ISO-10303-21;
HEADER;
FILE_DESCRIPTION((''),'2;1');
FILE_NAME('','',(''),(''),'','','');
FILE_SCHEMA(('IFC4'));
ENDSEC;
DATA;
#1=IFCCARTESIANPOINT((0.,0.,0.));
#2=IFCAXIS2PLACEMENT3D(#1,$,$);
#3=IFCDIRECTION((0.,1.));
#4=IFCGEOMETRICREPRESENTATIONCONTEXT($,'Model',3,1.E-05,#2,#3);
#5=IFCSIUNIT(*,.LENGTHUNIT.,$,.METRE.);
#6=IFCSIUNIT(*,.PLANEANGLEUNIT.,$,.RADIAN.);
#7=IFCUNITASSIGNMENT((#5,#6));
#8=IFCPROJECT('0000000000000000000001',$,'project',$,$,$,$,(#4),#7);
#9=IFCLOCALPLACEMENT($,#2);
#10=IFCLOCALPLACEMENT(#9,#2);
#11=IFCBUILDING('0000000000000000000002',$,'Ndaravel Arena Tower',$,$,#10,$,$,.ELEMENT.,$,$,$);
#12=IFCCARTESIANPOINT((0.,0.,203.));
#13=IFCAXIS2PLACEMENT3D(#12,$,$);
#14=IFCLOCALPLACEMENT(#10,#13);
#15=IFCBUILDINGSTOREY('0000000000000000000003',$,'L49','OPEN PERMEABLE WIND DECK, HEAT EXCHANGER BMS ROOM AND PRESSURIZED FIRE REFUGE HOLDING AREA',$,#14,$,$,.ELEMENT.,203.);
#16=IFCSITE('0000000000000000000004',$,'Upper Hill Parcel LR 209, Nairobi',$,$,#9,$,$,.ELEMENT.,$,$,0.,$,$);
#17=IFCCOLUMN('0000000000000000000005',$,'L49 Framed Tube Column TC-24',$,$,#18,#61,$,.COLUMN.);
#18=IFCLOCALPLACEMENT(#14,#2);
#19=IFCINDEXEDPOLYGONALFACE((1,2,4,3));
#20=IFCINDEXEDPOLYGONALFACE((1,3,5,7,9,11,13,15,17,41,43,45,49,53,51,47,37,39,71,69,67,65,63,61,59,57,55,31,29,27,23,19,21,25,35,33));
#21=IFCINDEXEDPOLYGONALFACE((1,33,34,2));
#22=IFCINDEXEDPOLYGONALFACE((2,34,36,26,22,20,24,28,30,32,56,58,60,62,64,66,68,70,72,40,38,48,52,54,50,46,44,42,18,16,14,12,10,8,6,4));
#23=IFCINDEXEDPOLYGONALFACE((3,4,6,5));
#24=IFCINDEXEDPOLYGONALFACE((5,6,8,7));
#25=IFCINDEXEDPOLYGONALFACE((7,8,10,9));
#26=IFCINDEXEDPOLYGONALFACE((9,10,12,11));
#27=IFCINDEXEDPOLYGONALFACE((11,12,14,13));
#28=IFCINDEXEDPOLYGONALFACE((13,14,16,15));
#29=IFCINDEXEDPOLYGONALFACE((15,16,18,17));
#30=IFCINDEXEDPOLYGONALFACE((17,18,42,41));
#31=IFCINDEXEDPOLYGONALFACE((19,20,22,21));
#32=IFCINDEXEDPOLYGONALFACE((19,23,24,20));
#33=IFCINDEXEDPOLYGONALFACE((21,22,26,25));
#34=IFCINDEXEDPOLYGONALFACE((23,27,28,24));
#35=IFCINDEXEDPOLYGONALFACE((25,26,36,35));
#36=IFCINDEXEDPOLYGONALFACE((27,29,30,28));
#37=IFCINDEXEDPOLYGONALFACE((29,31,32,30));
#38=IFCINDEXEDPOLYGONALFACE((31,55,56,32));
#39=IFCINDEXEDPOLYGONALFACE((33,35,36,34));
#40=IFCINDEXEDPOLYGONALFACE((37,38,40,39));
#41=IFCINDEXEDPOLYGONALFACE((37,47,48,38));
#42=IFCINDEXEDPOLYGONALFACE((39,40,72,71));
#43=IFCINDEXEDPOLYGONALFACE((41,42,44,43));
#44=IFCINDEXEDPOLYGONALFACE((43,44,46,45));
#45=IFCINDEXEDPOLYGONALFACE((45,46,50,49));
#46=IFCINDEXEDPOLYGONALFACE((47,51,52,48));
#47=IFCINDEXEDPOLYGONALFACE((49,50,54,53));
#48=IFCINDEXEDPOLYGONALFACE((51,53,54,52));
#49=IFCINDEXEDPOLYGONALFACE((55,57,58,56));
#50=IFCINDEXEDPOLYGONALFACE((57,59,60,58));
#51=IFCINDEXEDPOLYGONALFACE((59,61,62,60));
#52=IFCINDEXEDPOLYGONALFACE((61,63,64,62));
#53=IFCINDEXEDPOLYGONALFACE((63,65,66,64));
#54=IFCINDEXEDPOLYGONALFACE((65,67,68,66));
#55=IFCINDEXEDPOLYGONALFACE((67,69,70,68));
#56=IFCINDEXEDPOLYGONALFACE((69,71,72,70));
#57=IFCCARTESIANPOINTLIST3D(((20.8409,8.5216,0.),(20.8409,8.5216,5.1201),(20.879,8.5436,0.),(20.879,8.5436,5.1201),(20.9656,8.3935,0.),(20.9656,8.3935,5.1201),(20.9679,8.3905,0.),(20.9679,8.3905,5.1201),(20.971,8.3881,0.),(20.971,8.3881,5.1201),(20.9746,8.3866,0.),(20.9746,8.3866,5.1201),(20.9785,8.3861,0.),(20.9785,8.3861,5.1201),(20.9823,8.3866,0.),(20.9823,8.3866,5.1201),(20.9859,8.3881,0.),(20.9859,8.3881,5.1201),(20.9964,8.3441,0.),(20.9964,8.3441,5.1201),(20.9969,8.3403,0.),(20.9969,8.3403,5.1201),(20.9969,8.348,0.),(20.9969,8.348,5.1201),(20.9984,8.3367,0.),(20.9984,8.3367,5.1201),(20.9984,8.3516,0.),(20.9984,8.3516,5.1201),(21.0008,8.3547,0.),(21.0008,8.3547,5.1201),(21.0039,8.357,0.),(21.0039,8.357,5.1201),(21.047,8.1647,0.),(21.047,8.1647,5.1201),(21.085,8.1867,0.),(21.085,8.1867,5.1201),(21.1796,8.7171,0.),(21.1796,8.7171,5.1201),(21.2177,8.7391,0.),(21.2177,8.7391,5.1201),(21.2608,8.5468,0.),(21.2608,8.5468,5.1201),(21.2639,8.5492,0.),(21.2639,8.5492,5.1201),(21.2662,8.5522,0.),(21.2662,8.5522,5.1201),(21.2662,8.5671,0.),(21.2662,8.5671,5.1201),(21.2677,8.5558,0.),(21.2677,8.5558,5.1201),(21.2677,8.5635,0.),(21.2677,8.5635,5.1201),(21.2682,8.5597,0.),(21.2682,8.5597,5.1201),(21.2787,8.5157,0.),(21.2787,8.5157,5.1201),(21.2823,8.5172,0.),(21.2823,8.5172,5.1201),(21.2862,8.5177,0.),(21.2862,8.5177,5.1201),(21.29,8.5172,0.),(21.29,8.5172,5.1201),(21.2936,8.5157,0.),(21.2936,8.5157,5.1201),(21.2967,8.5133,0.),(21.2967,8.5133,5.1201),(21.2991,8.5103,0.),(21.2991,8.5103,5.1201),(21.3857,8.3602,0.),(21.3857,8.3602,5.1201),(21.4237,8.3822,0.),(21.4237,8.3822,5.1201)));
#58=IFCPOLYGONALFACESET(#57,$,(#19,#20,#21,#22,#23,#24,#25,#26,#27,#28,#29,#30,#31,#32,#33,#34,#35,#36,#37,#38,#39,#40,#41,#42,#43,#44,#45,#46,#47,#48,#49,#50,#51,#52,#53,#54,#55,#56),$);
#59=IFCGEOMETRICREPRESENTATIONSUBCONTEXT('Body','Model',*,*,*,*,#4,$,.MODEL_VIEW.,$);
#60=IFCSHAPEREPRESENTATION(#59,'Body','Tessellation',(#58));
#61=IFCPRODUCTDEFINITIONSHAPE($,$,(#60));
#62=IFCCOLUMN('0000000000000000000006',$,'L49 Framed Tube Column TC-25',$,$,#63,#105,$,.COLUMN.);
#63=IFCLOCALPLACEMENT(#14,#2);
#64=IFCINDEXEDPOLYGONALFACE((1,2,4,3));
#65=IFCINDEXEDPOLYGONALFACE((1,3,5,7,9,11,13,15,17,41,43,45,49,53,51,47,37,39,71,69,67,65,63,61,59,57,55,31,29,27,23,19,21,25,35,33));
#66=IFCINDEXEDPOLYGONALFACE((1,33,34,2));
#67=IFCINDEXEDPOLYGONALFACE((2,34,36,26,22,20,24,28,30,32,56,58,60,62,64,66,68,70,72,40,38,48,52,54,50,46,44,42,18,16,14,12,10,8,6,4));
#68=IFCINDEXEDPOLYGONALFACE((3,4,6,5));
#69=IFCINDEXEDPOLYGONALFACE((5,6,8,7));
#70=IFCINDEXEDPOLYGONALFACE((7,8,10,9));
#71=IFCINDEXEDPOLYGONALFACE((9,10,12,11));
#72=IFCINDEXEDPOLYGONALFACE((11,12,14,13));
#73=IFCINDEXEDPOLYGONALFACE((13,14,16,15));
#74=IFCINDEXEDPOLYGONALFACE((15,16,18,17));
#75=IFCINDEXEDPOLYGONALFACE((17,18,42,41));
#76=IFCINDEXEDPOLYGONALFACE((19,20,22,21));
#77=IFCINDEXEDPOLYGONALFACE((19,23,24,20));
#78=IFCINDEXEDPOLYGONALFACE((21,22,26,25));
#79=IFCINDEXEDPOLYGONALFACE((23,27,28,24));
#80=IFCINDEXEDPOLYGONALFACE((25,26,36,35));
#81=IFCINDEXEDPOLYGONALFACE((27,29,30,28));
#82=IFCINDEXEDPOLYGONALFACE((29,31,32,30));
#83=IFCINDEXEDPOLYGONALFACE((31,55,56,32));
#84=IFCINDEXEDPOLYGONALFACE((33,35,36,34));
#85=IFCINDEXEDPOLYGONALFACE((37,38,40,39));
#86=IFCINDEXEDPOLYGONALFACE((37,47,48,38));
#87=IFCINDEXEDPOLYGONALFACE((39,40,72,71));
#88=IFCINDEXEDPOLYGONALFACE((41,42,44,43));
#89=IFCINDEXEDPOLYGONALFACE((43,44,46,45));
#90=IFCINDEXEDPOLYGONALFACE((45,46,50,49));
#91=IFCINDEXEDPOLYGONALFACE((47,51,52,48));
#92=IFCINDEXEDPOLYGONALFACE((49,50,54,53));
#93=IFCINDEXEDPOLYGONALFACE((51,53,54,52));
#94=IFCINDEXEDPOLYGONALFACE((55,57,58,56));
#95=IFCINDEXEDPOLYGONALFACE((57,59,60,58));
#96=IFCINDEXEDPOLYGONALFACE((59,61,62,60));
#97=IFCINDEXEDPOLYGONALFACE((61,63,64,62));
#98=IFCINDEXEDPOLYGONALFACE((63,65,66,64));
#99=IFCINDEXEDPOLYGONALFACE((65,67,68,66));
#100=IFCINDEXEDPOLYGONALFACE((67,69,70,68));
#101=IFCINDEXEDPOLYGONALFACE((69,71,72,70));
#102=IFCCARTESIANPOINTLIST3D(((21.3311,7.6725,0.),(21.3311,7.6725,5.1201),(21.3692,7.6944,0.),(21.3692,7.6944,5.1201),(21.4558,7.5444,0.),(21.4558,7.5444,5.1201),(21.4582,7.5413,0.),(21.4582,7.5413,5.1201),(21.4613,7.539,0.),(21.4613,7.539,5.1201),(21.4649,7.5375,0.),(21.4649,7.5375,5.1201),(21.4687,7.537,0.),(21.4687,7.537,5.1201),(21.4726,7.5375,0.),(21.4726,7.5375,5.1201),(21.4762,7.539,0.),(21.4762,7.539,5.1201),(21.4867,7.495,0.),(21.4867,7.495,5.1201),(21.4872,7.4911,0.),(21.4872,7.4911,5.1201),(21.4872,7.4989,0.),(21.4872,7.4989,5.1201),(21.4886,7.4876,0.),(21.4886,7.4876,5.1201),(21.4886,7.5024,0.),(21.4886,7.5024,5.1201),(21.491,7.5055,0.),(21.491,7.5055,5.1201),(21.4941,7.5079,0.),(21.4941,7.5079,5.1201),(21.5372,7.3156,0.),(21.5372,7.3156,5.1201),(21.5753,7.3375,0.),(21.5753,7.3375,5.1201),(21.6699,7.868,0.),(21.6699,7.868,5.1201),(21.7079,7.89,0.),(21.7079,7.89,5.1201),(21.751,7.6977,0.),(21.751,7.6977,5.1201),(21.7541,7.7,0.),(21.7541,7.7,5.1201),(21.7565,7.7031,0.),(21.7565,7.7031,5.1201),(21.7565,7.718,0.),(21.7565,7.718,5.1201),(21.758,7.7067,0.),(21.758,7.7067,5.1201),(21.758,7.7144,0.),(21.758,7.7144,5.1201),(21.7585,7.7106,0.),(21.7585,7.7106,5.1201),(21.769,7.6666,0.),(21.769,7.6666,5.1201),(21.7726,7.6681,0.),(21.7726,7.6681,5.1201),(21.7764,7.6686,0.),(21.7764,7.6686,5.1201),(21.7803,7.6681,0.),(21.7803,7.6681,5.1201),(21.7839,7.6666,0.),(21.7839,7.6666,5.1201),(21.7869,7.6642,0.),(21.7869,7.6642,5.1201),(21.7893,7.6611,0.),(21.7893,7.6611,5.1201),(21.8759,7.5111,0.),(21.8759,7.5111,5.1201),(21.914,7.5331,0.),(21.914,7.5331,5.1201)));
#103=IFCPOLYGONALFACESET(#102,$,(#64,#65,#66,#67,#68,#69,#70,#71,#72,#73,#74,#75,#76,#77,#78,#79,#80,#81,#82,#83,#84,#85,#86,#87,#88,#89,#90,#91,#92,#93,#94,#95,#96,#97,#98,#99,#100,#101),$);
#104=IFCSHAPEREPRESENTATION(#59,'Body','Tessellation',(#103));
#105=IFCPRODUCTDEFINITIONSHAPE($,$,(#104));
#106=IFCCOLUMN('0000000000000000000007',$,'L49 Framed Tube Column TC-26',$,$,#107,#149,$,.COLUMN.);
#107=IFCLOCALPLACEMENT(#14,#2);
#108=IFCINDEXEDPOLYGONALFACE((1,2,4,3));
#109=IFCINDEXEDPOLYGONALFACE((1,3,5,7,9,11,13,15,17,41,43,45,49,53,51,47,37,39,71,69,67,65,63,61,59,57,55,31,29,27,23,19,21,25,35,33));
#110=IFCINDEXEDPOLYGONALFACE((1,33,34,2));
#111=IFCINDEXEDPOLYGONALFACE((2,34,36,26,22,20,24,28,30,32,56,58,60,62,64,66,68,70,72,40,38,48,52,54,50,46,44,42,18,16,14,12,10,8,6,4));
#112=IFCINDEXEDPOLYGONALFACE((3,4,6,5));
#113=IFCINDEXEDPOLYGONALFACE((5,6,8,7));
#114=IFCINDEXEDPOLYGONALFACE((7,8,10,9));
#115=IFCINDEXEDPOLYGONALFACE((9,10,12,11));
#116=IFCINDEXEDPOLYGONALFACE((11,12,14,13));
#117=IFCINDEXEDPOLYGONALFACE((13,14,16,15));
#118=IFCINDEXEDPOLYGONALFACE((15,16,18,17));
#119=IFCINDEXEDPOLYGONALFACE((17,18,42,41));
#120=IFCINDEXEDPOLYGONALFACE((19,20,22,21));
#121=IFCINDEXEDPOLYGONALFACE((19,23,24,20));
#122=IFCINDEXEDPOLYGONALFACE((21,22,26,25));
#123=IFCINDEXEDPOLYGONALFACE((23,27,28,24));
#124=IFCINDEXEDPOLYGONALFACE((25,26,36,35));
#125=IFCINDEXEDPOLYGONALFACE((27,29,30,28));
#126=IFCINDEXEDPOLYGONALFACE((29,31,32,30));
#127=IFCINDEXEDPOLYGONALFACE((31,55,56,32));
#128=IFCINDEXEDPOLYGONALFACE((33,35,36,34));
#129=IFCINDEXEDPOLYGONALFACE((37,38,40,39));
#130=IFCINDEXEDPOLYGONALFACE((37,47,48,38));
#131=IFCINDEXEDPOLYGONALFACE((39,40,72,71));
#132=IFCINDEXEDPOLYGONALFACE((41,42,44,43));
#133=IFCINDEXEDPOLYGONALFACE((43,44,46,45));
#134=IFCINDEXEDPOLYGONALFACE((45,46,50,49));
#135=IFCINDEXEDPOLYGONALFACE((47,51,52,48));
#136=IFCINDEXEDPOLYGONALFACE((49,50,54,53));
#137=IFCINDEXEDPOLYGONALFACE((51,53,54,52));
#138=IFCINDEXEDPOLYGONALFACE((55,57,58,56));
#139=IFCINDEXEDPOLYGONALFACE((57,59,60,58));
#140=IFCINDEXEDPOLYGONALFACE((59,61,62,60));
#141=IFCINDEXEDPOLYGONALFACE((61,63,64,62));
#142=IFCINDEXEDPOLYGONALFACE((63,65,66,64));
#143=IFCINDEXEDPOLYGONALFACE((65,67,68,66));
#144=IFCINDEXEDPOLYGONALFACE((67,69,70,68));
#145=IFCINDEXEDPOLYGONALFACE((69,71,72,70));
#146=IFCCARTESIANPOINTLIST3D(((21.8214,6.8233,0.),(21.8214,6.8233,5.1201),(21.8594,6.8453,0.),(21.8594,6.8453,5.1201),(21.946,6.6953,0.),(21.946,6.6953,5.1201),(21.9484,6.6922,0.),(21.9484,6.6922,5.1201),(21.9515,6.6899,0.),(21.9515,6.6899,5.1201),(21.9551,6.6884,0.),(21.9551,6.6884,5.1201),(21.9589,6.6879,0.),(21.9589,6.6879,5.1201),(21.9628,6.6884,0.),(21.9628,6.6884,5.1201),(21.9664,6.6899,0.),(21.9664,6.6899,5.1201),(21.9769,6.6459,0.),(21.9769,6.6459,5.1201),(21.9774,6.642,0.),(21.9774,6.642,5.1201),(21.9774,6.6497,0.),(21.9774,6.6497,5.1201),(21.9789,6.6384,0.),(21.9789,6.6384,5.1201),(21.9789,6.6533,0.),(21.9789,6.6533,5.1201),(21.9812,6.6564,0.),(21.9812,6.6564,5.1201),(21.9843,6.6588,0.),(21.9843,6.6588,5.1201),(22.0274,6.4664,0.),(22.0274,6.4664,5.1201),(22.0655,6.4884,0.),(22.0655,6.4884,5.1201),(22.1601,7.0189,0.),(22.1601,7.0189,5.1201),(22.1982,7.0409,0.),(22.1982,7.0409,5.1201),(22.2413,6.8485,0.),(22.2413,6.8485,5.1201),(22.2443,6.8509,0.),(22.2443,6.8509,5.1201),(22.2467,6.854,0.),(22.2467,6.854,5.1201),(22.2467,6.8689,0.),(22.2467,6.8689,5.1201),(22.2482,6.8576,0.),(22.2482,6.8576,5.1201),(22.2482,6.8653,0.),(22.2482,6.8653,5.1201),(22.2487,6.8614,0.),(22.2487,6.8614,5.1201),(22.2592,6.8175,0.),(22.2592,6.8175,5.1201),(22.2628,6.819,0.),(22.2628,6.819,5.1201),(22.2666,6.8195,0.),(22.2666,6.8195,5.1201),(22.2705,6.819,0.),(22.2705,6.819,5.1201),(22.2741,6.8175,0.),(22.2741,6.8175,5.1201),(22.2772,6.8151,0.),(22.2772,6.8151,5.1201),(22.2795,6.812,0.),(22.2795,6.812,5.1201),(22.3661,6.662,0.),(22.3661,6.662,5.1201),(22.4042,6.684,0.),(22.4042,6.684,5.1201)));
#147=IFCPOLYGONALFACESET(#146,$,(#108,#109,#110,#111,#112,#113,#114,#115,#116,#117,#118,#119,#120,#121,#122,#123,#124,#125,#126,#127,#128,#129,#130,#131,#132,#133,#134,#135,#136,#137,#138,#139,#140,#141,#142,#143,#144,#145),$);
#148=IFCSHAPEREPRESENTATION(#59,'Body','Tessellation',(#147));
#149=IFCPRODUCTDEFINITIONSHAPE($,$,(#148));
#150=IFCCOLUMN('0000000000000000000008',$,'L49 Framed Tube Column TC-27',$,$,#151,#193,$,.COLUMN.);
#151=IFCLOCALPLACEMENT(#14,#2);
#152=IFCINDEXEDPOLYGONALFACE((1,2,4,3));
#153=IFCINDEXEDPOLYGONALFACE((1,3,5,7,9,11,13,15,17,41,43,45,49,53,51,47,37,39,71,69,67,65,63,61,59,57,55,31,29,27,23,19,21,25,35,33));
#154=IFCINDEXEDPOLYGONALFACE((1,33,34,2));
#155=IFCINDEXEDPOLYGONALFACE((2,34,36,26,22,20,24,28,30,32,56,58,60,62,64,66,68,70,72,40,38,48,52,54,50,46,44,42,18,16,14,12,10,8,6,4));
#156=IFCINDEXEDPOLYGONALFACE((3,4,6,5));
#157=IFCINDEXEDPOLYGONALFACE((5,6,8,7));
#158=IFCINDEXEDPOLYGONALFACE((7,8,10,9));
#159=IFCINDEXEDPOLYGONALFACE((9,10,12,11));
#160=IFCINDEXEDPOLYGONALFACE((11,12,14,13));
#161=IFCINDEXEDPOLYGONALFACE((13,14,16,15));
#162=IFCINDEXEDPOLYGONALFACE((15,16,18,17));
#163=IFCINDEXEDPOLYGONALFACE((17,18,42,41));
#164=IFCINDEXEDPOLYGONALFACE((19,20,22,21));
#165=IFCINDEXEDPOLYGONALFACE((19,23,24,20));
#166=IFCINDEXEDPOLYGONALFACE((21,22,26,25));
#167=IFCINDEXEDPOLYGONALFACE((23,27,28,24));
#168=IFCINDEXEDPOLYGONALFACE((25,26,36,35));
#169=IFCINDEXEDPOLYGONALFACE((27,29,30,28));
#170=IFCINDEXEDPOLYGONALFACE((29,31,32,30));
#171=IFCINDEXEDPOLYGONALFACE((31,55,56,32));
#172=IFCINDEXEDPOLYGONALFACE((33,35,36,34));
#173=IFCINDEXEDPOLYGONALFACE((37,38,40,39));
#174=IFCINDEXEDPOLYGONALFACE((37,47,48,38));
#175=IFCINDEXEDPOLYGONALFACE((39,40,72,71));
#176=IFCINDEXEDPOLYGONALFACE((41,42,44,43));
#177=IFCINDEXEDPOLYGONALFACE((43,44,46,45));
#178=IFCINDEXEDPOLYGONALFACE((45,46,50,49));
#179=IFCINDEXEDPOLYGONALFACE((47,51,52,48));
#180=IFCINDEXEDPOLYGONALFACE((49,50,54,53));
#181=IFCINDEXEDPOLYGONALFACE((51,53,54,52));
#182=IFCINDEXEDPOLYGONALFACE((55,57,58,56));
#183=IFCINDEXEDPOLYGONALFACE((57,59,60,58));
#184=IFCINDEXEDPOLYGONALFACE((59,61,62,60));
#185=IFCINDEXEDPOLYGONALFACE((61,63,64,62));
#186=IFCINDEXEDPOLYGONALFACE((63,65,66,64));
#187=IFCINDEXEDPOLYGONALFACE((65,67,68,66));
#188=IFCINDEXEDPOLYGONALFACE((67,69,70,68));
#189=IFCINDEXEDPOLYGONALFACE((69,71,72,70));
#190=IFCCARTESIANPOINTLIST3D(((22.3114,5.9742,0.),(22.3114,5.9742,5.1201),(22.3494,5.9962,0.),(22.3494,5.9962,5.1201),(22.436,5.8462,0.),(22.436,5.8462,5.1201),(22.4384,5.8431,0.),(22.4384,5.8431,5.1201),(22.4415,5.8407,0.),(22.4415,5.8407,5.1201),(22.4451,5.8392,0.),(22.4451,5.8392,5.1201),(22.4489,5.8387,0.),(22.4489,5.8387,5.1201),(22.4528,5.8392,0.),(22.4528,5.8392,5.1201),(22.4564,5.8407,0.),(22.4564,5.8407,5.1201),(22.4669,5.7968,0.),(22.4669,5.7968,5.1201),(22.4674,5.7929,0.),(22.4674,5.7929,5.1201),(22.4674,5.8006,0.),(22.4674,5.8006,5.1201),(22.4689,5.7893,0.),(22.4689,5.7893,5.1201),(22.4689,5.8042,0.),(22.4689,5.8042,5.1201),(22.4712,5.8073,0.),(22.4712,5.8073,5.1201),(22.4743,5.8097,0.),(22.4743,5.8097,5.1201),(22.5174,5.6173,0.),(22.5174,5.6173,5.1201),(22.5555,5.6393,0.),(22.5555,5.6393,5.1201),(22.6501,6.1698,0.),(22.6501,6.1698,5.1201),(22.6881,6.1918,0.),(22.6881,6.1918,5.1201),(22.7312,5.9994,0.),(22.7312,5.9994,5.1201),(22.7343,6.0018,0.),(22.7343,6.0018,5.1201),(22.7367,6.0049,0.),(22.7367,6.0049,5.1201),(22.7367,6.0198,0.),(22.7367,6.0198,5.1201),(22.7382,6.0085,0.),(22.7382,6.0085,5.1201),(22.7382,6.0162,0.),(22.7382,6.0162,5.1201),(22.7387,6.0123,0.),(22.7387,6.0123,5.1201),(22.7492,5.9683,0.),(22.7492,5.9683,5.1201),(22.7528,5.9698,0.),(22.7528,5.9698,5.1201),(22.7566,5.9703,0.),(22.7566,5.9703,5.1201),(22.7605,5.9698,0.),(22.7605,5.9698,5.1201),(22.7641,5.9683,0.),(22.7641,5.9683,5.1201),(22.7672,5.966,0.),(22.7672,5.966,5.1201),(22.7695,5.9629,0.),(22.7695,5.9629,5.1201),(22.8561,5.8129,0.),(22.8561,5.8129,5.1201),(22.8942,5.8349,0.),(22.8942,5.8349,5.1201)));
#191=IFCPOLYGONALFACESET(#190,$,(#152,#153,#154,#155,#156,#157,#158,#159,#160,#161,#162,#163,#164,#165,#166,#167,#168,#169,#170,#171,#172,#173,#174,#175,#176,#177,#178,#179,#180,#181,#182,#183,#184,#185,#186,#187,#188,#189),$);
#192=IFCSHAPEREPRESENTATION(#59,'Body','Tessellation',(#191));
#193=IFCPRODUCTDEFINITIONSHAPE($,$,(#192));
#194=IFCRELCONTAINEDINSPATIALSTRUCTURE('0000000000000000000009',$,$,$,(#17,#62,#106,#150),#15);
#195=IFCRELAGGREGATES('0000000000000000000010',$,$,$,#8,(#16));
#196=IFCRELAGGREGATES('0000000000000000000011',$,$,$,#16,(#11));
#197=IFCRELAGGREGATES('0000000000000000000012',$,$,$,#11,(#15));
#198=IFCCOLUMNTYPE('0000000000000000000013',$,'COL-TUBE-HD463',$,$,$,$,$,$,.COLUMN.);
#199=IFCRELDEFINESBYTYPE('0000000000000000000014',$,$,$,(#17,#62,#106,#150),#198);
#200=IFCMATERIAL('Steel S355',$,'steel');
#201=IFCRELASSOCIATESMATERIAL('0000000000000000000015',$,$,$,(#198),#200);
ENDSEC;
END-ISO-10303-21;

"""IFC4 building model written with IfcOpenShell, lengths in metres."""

from ifc_helpers import new_model, si_unit, direction, frame, origin, origin_2d, place, context, subcontext, project, spatial, i_section, extrude, material, material_profile, profile_set, type_object, element, save


model = new_model("IFC4")

# Units and contexts
model_context = context("Model", 3, precision=1e-05, world=origin(), true_north=direction((0.0, 1.0)))
body_context = subcontext(model_context, "Body", "Model", "MODEL_VIEW")
ifc_project = project(units=[si_unit("LENGTHUNIT", "METRE"), si_unit("PLANEANGLEUNIT", "RADIAN")], contexts=[model_context])

# Site, building, storey
site_placement = place(None, origin())
site = spatial("IfcSite", under=ifc_project, at=site_placement, Name="Upper Hill Parcel LR 209, Nairobi", CompositionType="ELEMENT", RefElevation=0.0)
building_placement = place(site_placement, origin())
building = spatial("IfcBuilding", under=site, at=building_placement, Name="Ndaravel Arena Tower", CompositionType="ELEMENT")
storey_placement = place(building_placement, frame((0.0, 0.0, 203.0)))
storey = spatial("IfcBuildingStorey", under=building, at=storey_placement, Name="L49", Description="OPEN PERMEABLE WIND DECK, HEAT EXCHANGER BMS ROOM AND PRESSURIZED FIRE REFUGE HOLDING AREA", CompositionType="ELEMENT", Elevation=203.0)

# Columns
ifc_material_1 = material(Name="Steel S355", Category="steel")
ifc_material_profile_1 = material_profile(ifc_material_1, i_section(OverallWidth=0.4121, OverallDepth=0.4351, WebThickness=0.0359, FlangeThickness=0.0439, FilletRadius=0.0149, at=origin_2d()), Name="HD 400x463")
ifc_profile_set_1 = profile_set([ifc_material_profile_1], Name="Steel S355")
column_type = type_object("IfcColumnType", Name="COL-TUBE-HD463", PredefinedType="COLUMN", material=ifc_profile_set_1)
for number, where, z_axis, x_axis, name in (
    (1, (21.1323, 8.4519, 0.0), (0.0, 0.0, 1.0), (-0.5, 0.866025, 0.0), "L49 Framed Tube Column TC-24"),
    (2, (21.6226, 7.6028, 0.0), (0.0, 0.0, 1.0), (-0.5, 0.866025, 0.0), "L49 Framed Tube Column TC-25"),
    (3, (22.1128, 6.7537, 0.0), (0.0, 0.0, 1.0), (-0.5, 0.866025, 0.0), "L49 Framed Tube Column TC-26"),
    (4, (22.6028, 5.9045, 0.0), (0.0, 0.0, 1.0), (-0.5, 0.866025, 0.0), "L49 Framed Tube Column TC-27"),
):
    element("IfcColumn", number, at=place(storey_placement, frame(where, z_axis=z_axis, x_axis=x_axis)), inside=storey, type_object=column_type, Name=name, PredefinedType="COLUMN", context=body_context, shape_type="SweptSolid", body=[
        extrude(i_section(OverallWidth=0.4121, OverallDepth=0.4351, WebThickness=0.0359, FlangeThickness=0.0439, FilletRadius=0.0149, at=origin_2d()), origin(), (0.0, 0.0, 1.0), 5.1201),
    ])

save(model, "model.ifc")
